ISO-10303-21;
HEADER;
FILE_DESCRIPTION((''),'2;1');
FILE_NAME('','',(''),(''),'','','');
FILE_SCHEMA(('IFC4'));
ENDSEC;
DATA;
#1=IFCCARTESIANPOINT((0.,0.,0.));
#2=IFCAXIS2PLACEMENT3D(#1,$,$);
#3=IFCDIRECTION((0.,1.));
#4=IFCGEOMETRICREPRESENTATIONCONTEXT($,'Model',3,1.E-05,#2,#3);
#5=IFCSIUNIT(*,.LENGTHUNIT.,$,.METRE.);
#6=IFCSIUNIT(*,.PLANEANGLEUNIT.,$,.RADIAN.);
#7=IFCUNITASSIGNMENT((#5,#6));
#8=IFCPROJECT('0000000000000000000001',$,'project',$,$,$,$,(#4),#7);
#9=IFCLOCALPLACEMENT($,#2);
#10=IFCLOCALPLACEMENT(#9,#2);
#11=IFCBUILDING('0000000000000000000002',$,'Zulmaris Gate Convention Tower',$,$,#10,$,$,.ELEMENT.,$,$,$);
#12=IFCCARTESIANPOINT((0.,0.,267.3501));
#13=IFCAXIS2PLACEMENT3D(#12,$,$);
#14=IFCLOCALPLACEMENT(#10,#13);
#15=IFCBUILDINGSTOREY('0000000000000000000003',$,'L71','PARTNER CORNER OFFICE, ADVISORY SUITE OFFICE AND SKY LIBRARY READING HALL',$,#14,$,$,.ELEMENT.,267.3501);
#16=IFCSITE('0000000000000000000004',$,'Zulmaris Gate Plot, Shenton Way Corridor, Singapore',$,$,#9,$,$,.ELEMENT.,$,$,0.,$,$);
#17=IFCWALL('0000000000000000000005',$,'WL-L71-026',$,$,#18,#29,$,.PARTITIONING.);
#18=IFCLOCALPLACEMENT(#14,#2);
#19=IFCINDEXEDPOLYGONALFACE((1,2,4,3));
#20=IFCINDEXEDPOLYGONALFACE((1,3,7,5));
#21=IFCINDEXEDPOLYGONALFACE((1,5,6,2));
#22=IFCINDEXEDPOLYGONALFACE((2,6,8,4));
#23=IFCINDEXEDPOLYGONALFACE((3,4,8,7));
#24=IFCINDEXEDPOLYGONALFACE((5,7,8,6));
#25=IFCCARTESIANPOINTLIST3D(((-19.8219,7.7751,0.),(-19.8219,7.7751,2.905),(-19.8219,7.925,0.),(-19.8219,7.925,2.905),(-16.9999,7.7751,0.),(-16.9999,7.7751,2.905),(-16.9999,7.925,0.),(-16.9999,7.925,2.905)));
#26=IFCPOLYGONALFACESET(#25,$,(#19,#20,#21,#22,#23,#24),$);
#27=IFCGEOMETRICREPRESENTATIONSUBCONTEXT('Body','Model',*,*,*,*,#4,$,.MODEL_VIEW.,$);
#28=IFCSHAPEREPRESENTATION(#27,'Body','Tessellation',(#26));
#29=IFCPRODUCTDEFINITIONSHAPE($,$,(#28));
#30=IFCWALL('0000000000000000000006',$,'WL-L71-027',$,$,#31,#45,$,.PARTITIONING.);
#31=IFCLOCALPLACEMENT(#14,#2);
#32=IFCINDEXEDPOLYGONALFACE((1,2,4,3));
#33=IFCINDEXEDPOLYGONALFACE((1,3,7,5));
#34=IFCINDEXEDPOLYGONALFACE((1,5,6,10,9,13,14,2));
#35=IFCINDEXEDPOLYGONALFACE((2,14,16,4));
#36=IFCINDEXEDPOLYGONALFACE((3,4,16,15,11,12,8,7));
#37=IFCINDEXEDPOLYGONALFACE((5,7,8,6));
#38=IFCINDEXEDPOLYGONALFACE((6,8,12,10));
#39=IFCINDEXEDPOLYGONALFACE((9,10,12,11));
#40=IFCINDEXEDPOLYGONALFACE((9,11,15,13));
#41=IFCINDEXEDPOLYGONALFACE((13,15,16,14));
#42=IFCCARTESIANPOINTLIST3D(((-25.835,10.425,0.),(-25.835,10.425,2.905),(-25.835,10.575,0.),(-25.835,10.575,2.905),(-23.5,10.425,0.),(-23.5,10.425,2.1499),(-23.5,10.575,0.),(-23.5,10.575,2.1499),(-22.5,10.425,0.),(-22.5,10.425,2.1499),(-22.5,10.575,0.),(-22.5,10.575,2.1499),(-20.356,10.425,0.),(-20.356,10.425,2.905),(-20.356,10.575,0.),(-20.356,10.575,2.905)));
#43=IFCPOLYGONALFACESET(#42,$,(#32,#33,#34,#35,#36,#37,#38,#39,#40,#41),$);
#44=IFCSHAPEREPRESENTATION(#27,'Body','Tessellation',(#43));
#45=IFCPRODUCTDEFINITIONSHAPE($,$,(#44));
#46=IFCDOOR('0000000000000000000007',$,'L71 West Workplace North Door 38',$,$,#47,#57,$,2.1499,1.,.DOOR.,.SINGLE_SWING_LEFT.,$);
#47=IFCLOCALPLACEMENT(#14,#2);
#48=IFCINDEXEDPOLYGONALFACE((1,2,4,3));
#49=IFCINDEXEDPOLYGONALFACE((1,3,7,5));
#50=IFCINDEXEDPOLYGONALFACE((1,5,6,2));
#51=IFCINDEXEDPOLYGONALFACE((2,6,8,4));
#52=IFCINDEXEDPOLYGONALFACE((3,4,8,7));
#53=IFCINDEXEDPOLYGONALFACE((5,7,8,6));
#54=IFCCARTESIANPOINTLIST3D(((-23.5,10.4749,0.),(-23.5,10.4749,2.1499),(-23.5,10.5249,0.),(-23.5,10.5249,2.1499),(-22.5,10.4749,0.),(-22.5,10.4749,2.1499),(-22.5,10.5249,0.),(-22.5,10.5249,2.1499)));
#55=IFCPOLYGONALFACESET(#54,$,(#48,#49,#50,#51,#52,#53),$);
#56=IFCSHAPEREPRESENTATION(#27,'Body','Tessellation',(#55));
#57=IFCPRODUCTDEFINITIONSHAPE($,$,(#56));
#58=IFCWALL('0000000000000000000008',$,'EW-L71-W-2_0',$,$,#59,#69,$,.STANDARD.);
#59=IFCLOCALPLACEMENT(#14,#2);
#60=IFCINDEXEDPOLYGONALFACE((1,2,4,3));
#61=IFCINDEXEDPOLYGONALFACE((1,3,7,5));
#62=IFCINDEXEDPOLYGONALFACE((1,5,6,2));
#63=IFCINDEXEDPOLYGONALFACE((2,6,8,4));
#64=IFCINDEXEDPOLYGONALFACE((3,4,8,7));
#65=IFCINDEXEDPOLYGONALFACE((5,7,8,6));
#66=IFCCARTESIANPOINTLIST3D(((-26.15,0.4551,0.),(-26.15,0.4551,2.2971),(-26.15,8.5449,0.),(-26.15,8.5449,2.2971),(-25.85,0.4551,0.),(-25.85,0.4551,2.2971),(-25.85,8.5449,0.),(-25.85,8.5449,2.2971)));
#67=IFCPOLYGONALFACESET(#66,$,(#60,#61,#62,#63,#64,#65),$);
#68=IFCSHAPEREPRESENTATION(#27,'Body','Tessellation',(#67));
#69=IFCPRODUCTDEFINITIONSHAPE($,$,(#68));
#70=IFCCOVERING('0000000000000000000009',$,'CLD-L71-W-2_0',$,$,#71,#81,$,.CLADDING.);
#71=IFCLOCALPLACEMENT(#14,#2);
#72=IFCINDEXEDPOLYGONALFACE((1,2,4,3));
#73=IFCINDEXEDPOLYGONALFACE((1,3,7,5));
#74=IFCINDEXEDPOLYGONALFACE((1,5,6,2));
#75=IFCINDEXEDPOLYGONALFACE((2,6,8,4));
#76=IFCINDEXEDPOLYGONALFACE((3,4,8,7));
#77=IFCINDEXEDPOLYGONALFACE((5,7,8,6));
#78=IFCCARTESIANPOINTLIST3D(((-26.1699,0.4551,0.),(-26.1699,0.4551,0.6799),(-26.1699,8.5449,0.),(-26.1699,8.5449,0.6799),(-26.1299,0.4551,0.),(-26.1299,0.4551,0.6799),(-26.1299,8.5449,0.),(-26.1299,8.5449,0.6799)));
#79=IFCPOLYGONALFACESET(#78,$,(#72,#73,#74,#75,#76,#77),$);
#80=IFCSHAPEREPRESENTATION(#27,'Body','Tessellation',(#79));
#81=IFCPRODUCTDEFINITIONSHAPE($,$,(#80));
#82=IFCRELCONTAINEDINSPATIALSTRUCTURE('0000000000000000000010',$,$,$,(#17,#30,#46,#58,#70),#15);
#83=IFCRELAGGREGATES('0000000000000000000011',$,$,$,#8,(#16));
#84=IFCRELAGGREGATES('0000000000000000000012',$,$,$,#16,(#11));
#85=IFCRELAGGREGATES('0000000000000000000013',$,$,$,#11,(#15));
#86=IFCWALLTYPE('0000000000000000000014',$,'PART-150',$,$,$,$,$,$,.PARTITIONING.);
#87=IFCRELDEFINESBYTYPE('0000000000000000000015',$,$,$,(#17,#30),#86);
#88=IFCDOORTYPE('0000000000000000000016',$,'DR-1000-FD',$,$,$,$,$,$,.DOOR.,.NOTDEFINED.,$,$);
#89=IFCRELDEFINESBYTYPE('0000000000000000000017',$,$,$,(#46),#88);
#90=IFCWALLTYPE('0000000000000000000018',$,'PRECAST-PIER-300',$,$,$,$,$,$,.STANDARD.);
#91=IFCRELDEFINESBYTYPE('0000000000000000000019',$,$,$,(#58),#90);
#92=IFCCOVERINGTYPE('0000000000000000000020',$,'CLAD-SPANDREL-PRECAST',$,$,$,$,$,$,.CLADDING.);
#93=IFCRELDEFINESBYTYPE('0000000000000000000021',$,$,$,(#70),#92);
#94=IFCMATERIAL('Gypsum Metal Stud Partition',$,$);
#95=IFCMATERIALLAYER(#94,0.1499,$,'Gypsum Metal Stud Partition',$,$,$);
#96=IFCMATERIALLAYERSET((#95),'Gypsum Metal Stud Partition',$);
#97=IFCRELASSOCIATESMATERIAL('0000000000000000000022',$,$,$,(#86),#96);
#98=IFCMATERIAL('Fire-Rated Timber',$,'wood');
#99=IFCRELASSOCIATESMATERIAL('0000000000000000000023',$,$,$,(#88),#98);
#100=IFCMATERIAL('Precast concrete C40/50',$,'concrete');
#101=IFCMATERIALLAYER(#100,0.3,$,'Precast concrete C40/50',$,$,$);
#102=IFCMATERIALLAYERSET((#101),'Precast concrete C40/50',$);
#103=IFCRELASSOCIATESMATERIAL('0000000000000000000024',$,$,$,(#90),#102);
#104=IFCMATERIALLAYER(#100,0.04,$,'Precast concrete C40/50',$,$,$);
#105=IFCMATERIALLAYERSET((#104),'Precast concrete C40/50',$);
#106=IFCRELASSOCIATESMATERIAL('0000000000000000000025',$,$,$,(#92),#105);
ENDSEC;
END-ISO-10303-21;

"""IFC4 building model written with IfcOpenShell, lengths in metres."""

from ifc_helpers import new_model, si_unit, direction, frame, frame_2d, origin, place, context, subcontext, project, spatial, rectangle, extrude, material, layer, layer_set, type_object, element, fill, save


model = new_model("IFC4")

# Units and contexts
model_context = context("Model", 3, precision=1e-05, world=origin(), true_north=direction((0.0, 1.0)))
body_context = subcontext(model_context, "Body", "Model", "MODEL_VIEW")
ifc_project = project(units=[si_unit("LENGTHUNIT", "METRE"), si_unit("PLANEANGLEUNIT", "RADIAN")], contexts=[model_context])

# Site, building, storey
site_placement = place(None, origin())
site = spatial("IfcSite", under=ifc_project, at=site_placement, Name="Zulmaris Gate Plot, Shenton Way Corridor, Singapore", CompositionType="ELEMENT", RefElevation=0.0)
building_placement = place(site_placement, origin())
building = spatial("IfcBuilding", under=site, at=building_placement, Name="Zulmaris Gate Convention Tower", CompositionType="ELEMENT")
storey_placement = place(building_placement, frame((0.0, 0.0, 267.3501)))
storey = spatial("IfcBuildingStorey", under=building, at=storey_placement, Name="L71", Description="PARTNER CORNER OFFICE, ADVISORY SUITE OFFICE AND SKY LIBRARY READING HALL", CompositionType="ELEMENT", Elevation=267.3501)

# Wall
ifc_material_1 = material(Name="Gypsum Metal Stud Partition")
ifc_layer_1 = layer(ifc_material_1, 0.1499, Name="Gypsum Metal Stud Partition")
ifc_layer_set_1 = layer_set([ifc_layer_1], Name="Gypsum Metal Stud Partition")
wall_type_1 = type_object("IfcWallType", Name="PART-150", PredefinedType="PARTITIONING", material=ifc_layer_set_1)
wall_1_placement = place(storey_placement, frame((-19.822, 7.8501, 0.0), z_axis=(0.0, 0.0, 1.0), x_axis=(1.0, 0.0, 0.0)))
element("IfcWall", 1, at=wall_1_placement, inside=storey, type_object=wall_type_1, Name="WL-L71-026", PredefinedType="PARTITIONING", context=body_context, shape_type="SweptSolid", body=[
    extrude(rectangle(XDim=2.822, YDim=0.1499, at=frame_2d((1.4111, 0.0))), origin(), (0.0, 0.0, 1.0), 2.905),
])

# Wall, opening, door
wall_2_placement = place(storey_placement, frame((-25.835, 10.5, 0.0), z_axis=(0.0, 0.0, 1.0), x_axis=(1.0, 0.0, 0.0)))
wall_2 = element("IfcWall", 2, at=wall_2_placement, inside=storey, type_object=wall_type_1, Name="WL-L71-027", PredefinedType="PARTITIONING", context=body_context, shape_type="SweptSolid", body=[
    extrude(rectangle(XDim=5.479, YDim=0.1499, at=frame_2d((2.7395, 0.0))), origin(), (0.0, 0.0, 1.0), 2.905),
])
opening_1_placement = place(wall_2_placement, frame((2.335, 0.0, 0.0)))
opening_1 = element("IfcOpeningElement", 3, at=opening_1_placement, cuts=wall_2, PredefinedType="OPENING", context=body_context, shape_type="SweptSolid", body=[
    extrude(rectangle(XDim=1.0, YDim=2.1499, at=frame_2d((0.5, 1.075))), frame((0.0, 0.085, 0.0), z_axis=(0.0, -1.0, 0.0), x_axis=(1.0, 0.0, 0.0)), (0.0, 0.0, 1.0), 0.1699),
])
ifc_material_2 = material(Name="Fire-Rated Timber", Category="wood")
door_type_1 = type_object("IfcDoorType", Name="DR-1000-FD", OperationType="NOTDEFINED", PredefinedType="DOOR", material=ifc_material_2)
door_1_placement = place(opening_1_placement, origin())
door_1 = element("IfcDoor", 4, at=door_1_placement, inside=storey, type_object=door_type_1, Name="L71 West Workplace North Door 38", OperationType="SINGLE_SWING_LEFT", OverallHeight=2.1499, OverallWidth=1.0, PredefinedType="DOOR", context=body_context, shape_type="SweptSolid", body=[
    extrude(rectangle(XDim=1.0, YDim=2.1499, at=frame_2d((0.5, 1.075))), frame((0.0, 0.0249, 0.0), z_axis=(0.0, -1.0, 0.0), x_axis=(1.0, 0.0, 0.0)), (0.0, 0.0, 1.0), 0.05),
])
fill(opening_1, door_1)

# Wall
ifc_material_3 = material(Name="Precast concrete C40/50", Category="concrete")
ifc_layer_2 = layer(ifc_material_3, 0.3, Name="Precast concrete C40/50")
ifc_layer_set_2 = layer_set([ifc_layer_2], Name="Precast concrete C40/50")
wall_type_2 = type_object("IfcWallType", Name="PRECAST-PIER-300", PredefinedType="STANDARD", material=ifc_layer_set_2)
wall_3_placement = place(storey_placement, frame((-26.0, 8.5449, 0.0), z_axis=(0.0, 0.0, 1.0), x_axis=(0.0, -1.0, 0.0)))
element("IfcWall", 5, at=wall_3_placement, inside=storey, type_object=wall_type_2, Name="EW-L71-W-2_0", PredefinedType="STANDARD", context=body_context, shape_type="SweptSolid", body=[
    extrude(rectangle(XDim=8.0898, YDim=0.3, at=frame_2d((4.0449, 0.0))), origin(), (0.0, 0.0, 1.0), 2.2971),
])

# Covering
ifc_layer_3 = layer(ifc_material_3, 0.04, Name="Precast concrete C40/50")
ifc_layer_set_3 = layer_set([ifc_layer_3], Name="Precast concrete C40/50")
covering_type = type_object("IfcCoveringType", Name="CLAD-SPANDREL-PRECAST", PredefinedType="CLADDING", material=ifc_layer_set_3)
covering_placement = place(storey_placement, frame((-26.1499, 8.5449, 0.0), z_axis=(0.0, 0.0, 1.0), x_axis=(0.0, -1.0, 0.0)))
element("IfcCovering", 6, at=covering_placement, inside=storey, type_object=covering_type, Name="CLD-L71-W-2_0", PredefinedType="CLADDING", context=body_context, shape_type="SweptSolid", body=[
    extrude(rectangle(XDim=8.0898, YDim=0.04, at=frame_2d((4.0449, 0.0))), origin(), (0.0, 0.0, 1.0), 0.6799),
])

save(model, "model.ifc")
